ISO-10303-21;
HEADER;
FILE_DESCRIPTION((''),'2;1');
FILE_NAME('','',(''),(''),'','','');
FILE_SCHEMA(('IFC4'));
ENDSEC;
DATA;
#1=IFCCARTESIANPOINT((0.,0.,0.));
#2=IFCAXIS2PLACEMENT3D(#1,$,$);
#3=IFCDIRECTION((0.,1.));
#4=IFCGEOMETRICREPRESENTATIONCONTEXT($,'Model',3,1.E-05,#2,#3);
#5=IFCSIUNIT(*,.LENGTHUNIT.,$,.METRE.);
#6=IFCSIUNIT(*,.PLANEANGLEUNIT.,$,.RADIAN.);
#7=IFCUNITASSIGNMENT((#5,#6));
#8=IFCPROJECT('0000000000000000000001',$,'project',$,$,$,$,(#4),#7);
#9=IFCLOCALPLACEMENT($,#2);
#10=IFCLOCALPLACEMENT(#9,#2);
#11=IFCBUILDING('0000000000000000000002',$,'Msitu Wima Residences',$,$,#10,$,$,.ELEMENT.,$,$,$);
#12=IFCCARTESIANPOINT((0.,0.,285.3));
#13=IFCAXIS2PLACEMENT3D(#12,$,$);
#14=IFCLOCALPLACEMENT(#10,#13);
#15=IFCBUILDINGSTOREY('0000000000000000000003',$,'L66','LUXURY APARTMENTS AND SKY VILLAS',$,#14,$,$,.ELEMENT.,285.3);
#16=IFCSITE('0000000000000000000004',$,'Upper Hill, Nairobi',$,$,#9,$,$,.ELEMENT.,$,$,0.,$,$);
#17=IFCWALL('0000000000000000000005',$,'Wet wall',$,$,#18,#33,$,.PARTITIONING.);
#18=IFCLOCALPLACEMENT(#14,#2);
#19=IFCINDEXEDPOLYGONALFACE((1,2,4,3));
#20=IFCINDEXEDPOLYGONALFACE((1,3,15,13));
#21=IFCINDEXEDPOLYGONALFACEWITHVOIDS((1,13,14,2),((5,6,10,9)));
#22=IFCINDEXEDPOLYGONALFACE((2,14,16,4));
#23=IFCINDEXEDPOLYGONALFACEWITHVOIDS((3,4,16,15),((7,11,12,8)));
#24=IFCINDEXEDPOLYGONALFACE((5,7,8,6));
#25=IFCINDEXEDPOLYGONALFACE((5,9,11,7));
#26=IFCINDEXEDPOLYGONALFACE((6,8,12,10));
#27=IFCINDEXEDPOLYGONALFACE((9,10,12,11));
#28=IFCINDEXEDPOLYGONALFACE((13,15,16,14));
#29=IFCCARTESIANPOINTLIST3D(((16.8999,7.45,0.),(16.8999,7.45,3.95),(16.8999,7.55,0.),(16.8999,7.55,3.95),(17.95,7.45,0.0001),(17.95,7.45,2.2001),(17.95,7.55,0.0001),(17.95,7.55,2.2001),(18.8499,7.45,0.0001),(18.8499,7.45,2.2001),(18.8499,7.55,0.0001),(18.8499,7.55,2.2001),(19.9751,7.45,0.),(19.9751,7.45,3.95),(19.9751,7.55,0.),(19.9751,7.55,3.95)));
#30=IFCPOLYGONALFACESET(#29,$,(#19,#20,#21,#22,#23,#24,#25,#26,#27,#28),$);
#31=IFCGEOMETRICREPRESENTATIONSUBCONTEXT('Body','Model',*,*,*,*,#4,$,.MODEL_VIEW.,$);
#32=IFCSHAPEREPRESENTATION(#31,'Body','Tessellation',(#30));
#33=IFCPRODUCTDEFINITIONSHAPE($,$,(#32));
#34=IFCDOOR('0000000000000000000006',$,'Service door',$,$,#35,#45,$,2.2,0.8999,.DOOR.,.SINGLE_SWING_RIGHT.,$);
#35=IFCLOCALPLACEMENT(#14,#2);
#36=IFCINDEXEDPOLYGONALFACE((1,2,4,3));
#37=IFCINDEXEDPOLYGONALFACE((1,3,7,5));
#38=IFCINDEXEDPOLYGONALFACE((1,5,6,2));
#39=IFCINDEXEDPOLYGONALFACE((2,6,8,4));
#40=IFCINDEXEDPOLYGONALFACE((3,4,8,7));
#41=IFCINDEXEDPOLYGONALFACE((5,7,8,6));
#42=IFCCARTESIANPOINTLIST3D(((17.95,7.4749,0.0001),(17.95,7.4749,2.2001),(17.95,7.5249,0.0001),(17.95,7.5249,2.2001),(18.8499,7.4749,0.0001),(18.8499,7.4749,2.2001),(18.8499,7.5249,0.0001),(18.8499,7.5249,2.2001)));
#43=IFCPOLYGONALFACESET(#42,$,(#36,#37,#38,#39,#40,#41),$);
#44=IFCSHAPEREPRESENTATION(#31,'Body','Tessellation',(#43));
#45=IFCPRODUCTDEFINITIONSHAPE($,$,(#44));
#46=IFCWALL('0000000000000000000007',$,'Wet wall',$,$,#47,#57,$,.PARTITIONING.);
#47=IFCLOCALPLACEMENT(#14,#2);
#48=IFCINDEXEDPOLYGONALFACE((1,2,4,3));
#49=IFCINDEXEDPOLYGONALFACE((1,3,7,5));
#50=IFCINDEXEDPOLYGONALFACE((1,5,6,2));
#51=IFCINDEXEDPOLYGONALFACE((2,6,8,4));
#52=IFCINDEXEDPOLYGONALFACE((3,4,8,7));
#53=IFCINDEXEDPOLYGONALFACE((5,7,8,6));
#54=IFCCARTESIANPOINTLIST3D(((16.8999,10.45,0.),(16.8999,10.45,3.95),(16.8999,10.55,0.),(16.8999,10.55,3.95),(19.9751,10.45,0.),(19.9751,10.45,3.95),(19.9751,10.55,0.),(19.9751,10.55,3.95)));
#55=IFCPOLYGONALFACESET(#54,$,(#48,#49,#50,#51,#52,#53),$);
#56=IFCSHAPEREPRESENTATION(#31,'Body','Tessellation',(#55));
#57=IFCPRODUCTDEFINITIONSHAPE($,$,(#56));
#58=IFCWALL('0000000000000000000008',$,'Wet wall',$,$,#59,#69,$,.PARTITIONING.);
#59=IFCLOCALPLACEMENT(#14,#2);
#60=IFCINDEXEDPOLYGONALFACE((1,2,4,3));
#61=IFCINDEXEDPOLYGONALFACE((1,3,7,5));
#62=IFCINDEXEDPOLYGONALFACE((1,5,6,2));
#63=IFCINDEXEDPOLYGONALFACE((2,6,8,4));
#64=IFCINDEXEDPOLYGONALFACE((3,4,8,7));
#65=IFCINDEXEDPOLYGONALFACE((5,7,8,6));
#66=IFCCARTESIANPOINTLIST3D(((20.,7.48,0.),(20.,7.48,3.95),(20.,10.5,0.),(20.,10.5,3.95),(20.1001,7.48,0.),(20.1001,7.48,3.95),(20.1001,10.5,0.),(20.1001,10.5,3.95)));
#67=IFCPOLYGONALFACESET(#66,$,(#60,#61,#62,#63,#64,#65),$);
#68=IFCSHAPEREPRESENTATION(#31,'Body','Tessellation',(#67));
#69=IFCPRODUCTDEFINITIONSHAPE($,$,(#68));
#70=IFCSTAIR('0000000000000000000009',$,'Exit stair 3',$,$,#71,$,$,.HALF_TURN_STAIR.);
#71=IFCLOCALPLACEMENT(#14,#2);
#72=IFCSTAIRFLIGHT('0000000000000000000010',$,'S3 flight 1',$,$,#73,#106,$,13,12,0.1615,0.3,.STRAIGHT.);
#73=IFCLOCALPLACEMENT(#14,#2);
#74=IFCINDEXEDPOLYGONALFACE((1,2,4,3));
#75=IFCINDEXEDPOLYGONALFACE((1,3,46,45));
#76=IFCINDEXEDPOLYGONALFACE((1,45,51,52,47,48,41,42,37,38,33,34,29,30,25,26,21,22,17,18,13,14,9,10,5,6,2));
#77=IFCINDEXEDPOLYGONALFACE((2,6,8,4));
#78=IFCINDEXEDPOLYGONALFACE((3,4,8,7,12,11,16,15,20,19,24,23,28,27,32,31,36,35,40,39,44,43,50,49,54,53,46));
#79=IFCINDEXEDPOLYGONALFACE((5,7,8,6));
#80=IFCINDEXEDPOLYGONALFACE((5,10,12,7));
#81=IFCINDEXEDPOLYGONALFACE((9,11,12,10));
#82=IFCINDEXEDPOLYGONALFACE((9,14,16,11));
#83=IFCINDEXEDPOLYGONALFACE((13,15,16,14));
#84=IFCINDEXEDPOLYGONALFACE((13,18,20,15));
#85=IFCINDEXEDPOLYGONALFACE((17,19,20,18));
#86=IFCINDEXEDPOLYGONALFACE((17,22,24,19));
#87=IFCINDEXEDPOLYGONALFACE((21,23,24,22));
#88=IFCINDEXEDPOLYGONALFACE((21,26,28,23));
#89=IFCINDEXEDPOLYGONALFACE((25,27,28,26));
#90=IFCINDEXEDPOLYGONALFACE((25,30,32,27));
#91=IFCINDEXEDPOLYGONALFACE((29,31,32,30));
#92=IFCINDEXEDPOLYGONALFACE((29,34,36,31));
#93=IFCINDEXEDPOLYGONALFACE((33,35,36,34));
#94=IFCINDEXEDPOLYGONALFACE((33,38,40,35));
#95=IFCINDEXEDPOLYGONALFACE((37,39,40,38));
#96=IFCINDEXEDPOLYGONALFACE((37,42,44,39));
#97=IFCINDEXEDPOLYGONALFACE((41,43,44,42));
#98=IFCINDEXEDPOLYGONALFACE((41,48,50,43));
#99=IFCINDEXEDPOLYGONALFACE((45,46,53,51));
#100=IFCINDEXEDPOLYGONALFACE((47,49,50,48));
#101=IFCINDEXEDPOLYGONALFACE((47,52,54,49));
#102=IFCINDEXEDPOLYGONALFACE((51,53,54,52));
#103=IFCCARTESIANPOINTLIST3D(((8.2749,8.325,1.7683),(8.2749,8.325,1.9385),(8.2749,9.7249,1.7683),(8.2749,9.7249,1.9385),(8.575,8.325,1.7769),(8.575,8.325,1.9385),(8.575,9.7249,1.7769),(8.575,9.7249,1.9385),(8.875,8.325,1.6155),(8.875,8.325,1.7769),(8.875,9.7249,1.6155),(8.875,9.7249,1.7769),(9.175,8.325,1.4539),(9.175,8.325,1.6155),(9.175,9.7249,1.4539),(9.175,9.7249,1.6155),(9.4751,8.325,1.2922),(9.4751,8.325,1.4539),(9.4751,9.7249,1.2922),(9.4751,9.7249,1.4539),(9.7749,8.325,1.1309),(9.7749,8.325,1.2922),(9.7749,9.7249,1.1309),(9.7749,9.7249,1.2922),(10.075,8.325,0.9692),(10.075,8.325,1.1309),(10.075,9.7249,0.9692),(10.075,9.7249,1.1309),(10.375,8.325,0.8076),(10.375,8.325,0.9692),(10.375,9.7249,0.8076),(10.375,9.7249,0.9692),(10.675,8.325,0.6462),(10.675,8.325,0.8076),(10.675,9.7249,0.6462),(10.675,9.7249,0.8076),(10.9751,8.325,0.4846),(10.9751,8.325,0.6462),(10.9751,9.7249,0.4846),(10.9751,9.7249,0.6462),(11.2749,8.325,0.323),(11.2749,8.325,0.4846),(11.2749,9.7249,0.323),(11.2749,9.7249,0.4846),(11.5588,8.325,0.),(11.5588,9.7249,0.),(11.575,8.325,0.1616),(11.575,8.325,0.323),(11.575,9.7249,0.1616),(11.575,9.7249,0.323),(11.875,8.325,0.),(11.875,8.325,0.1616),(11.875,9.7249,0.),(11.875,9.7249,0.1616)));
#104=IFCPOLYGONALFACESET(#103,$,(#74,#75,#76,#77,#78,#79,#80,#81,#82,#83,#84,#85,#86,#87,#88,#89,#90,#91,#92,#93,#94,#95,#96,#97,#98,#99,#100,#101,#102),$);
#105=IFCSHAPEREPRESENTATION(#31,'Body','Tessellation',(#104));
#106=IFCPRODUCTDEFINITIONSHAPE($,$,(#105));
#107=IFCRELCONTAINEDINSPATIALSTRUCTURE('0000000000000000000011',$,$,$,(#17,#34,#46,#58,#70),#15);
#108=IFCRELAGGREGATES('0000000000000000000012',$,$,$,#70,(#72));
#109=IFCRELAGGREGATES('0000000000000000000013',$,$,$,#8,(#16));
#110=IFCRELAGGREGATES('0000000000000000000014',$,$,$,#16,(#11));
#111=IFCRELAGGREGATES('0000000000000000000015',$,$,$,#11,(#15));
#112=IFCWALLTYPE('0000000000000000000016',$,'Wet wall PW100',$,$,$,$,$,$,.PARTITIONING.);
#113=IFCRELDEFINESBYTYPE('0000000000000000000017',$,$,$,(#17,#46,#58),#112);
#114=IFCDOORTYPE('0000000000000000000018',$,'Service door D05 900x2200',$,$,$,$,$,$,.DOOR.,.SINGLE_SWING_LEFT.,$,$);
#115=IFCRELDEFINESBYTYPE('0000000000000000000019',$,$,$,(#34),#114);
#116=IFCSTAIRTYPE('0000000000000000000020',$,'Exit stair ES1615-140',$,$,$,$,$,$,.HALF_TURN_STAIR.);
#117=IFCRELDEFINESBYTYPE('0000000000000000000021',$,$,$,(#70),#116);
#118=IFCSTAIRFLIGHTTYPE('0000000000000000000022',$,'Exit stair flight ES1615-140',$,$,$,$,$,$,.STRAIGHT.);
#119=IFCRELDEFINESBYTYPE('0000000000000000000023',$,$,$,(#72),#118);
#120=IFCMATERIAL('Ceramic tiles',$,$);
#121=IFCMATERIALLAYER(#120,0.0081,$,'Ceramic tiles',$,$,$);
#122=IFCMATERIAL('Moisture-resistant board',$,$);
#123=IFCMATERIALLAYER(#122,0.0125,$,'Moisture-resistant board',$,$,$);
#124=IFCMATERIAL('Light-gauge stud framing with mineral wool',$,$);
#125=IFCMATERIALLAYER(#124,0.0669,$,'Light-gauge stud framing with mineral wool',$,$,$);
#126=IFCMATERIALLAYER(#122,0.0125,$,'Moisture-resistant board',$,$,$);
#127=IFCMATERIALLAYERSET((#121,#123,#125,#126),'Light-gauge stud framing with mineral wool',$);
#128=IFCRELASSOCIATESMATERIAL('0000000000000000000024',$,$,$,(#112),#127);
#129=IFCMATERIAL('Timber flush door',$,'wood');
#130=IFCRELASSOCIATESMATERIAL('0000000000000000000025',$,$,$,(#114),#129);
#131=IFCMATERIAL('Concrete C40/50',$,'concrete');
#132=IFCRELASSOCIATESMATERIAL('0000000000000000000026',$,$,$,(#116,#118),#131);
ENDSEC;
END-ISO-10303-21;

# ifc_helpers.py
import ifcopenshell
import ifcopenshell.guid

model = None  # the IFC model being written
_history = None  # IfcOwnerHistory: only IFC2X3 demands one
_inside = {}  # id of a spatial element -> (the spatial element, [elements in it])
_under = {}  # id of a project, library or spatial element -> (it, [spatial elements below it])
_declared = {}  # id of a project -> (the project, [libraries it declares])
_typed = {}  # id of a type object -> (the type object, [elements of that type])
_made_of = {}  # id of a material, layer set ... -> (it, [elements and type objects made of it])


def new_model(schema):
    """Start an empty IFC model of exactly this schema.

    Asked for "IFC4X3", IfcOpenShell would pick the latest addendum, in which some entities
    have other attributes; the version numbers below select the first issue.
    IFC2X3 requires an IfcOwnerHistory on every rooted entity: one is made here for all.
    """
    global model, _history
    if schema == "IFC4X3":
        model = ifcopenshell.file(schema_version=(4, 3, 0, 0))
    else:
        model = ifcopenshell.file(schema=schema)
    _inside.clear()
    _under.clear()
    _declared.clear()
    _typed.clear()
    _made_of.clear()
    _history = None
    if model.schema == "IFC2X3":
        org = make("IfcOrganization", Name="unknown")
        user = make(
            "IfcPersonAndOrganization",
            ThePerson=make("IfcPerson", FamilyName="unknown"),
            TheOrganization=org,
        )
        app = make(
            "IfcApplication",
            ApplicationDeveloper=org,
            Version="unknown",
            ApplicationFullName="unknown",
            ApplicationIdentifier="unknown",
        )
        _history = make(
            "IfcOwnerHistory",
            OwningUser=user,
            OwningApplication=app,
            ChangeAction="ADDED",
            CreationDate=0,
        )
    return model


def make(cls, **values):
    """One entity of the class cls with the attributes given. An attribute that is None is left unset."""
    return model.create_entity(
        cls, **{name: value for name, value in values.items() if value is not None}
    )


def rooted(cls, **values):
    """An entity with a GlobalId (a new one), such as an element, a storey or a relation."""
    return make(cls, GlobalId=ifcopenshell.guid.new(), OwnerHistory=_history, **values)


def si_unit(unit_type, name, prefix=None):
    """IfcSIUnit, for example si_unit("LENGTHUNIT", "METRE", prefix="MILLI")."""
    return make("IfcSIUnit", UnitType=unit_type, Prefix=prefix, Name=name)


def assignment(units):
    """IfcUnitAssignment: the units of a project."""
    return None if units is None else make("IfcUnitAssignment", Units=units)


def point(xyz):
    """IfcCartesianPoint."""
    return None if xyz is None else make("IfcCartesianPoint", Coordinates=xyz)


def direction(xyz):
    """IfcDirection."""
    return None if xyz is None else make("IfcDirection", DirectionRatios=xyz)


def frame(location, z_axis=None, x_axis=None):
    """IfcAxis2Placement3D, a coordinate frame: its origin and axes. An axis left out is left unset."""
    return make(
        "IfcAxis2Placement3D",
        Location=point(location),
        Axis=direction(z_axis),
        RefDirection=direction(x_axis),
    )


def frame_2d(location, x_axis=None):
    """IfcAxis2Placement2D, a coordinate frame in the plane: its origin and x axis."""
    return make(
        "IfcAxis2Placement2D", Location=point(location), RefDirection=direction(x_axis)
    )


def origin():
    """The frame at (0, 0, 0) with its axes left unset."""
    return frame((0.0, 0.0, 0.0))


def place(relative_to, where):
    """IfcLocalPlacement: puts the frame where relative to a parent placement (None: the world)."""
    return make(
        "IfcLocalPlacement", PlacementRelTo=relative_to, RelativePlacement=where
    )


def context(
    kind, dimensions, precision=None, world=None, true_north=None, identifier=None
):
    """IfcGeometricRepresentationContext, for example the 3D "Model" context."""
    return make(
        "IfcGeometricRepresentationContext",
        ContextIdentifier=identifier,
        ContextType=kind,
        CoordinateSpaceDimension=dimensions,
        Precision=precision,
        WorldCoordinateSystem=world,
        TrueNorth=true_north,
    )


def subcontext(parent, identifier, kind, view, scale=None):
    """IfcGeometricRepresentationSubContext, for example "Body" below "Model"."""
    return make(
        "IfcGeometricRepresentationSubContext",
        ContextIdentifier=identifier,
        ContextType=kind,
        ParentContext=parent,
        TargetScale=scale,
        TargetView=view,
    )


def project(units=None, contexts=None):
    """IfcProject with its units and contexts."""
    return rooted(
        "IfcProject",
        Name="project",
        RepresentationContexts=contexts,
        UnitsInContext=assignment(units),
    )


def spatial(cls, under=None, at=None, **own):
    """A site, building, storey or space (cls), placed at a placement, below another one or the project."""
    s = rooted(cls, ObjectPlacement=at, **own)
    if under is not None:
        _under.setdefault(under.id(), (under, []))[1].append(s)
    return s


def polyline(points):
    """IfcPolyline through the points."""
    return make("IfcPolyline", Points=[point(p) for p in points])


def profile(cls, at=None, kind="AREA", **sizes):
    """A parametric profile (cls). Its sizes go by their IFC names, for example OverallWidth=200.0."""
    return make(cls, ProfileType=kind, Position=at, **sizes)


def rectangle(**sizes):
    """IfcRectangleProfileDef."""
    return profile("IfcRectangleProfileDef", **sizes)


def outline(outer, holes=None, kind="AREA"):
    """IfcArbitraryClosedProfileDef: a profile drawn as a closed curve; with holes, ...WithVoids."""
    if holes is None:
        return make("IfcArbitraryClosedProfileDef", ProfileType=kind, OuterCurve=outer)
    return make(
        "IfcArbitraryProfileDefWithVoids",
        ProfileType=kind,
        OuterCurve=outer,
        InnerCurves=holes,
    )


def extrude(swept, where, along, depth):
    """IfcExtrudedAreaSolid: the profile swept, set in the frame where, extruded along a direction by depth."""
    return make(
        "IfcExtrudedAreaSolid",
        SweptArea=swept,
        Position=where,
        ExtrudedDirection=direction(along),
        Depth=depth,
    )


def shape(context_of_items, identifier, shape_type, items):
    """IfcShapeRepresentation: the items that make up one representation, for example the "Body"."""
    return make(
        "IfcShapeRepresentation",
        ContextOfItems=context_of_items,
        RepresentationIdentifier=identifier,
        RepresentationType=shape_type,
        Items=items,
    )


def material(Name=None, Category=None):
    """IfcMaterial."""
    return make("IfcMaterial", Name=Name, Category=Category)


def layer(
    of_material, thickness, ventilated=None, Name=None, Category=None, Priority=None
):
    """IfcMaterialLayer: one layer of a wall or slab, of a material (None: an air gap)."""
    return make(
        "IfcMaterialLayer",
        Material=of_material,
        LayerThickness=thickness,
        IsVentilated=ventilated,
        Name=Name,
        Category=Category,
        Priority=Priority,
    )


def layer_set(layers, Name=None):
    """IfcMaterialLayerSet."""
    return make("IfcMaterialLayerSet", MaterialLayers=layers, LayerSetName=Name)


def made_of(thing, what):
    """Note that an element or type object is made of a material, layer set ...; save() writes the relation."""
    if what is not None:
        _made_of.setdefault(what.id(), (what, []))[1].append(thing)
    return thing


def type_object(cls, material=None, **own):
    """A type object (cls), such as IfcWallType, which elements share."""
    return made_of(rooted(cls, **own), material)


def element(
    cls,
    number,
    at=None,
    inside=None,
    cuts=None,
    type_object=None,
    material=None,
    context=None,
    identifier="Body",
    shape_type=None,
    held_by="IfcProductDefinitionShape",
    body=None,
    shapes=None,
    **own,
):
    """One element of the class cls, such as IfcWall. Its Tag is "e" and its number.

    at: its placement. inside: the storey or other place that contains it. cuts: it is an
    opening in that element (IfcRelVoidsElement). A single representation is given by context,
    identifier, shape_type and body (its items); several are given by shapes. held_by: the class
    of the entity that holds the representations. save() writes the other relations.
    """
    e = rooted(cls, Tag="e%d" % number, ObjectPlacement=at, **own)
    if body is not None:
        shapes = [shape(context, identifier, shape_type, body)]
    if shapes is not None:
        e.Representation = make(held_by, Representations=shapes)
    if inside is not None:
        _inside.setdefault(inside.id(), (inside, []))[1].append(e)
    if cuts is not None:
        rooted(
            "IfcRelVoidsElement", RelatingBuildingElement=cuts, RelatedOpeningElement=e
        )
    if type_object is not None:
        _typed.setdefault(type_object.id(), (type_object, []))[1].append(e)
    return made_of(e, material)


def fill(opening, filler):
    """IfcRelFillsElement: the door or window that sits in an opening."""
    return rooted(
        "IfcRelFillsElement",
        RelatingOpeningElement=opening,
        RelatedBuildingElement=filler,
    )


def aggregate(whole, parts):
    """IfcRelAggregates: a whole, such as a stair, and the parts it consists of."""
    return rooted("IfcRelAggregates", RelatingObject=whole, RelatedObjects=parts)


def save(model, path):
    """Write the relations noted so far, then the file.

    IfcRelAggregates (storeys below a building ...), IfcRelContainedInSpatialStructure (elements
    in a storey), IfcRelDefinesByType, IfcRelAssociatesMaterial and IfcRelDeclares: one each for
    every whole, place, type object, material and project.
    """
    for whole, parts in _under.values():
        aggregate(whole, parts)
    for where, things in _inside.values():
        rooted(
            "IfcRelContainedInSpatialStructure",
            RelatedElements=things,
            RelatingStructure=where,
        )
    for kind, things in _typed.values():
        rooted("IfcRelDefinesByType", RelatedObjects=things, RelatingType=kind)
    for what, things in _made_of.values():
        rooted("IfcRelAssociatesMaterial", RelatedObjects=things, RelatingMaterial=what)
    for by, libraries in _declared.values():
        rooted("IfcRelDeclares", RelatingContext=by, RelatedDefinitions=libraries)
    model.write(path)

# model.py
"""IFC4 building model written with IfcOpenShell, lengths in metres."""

from ifc_helpers import new_model, si_unit, direction, frame, frame_2d, origin, place, context, subcontext, project, spatial, polyline, rectangle, outline, extrude, material, layer, layer_set, type_object, element, fill, aggregate, save


model = new_model("IFC4")

# Units and contexts
model_context = context("Model", 3, precision=1e-05, world=origin(), true_north=direction((0.0, 1.0)))
body_context = subcontext(model_context, "Body", "Model", "MODEL_VIEW")
ifc_project = project(units=[si_unit("LENGTHUNIT", "METRE"), si_unit("PLANEANGLEUNIT", "RADIAN")], contexts=[model_context])

# Site, building, storey
site_placement = place(None, origin())
site = spatial("IfcSite", under=ifc_project, at=site_placement, Name="Upper Hill, Nairobi", CompositionType="ELEMENT", RefElevation=0.0)
building_placement = place(site_placement, origin())
building = spatial("IfcBuilding", under=site, at=building_placement, Name="Msitu Wima Residences", CompositionType="ELEMENT")
storey_placement = place(building_placement, frame((0.0, 0.0, 285.3)))
storey = spatial("IfcBuildingStorey", under=building, at=storey_placement, Name="L66", Description="LUXURY APARTMENTS AND SKY VILLAS", CompositionType="ELEMENT", Elevation=285.3)

# Shared definitions
ifc_material_1 = material(Name="Concrete C40/50", Category="concrete")

# Shared definitions
ifc_material_2 = material(Name="Timber flush door", Category="wood")

# Shared definitions
ifc_material_3 = material(Name="Ceramic tiles")
ifc_layer_1 = layer(ifc_material_3, 0.0081, Name="Ceramic tiles")
ifc_material_4 = material(Name="Moisture-resistant board")
ifc_layer_2 = layer(ifc_material_4, 0.0125, Name="Moisture-resistant board")
ifc_material_5 = material(Name="Light-gauge stud framing with mineral wool")
ifc_layer_3 = layer(ifc_material_5, 0.0669, Name="Light-gauge stud framing with mineral wool")
ifc_layer_4 = layer(ifc_material_4, 0.0125, Name="Moisture-resistant board")
ifc_layer_set_1 = layer_set([ifc_layer_1, ifc_layer_2, ifc_layer_3, ifc_layer_4], Name="Light-gauge stud framing with mineral wool")
wall_type_1 = type_object("IfcWallType", Name="Wet wall PW100", PredefinedType="PARTITIONING", material=ifc_layer_set_1)

# Wall, opening, door
wall_1_placement = place(storey_placement, frame((16.8999, 7.5, 0.0), z_axis=(0.0, 0.0, 1.0), x_axis=(1.0, 0.0, 0.0)))
wall_1 = element("IfcWall", 1, at=wall_1_placement, inside=storey, type_object=wall_type_1, Name="Wet wall", PredefinedType="PARTITIONING", context=body_context, shape_type="SweptSolid", body=[
    extrude(rectangle(XDim=3.0752, YDim=0.1001, at=frame_2d((1.5376, 0.0))), origin(), (0.0, 0.0, 1.0), 3.95),
])
opening_1_placement = place(wall_1_placement, frame((1.05, 0.0, 0.0)))
opening_1 = element("IfcOpeningElement", 2, at=opening_1_placement, cuts=wall_1, PredefinedType="OPENING", context=body_context, shape_type="SweptSolid", body=[
    extrude(rectangle(XDim=0.8999, YDim=2.2, at=frame_2d((0.45, 1.1001))), frame((0.0, 0.0601, 0.0), z_axis=(0.0, -1.0, 0.0), x_axis=(1.0, 0.0, 0.0)), (0.0, 0.0, 1.0), 0.1201),
])
door_type_1 = type_object("IfcDoorType", Name="Service door D05 900x2200", OperationType="SINGLE_SWING_LEFT", PredefinedType="DOOR", material=ifc_material_2)
door_1_placement = place(opening_1_placement, origin())
door_1 = element("IfcDoor", 3, at=door_1_placement, inside=storey, type_object=door_type_1, Name="Service door", OperationType="SINGLE_SWING_RIGHT", OverallHeight=2.2, OverallWidth=0.8999, PredefinedType="DOOR", context=body_context, shape_type="SweptSolid", body=[
    extrude(rectangle(XDim=0.8999, YDim=2.2, at=frame_2d((0.45, 1.1001))), frame((0.0, 0.0249, 0.0), z_axis=(0.0, -1.0, 0.0), x_axis=(1.0, 0.0, 0.0)), (0.0, 0.0, 1.0), 0.05),
])
fill(opening_1, door_1)

# Walls
wall_2_placement = place(storey_placement, frame((16.8999, 10.5, 0.0), z_axis=(0.0, 0.0, 1.0), x_axis=(1.0, 0.0, 0.0)))
element("IfcWall", 4, at=wall_2_placement, inside=storey, type_object=wall_type_1, Name="Wet wall", PredefinedType="PARTITIONING", context=body_context, shape_type="SweptSolid", body=[
    extrude(rectangle(XDim=3.0752, YDim=0.1001, at=frame_2d((1.5376, 0.0))), origin(), (0.0, 0.0, 1.0), 3.95),
])
wall_3_placement = place(storey_placement, frame((20.05, 7.48, 0.0), z_axis=(0.0, 0.0, 1.0), x_axis=(0.0, 1.0, 0.0)))
element("IfcWall", 5, at=wall_3_placement, inside=storey, type_object=wall_type_1, Name="Wet wall", PredefinedType="PARTITIONING", context=body_context, shape_type="SweptSolid", body=[
    extrude(rectangle(XDim=3.02, YDim=0.1001, at=frame_2d((1.51, 0.0))), origin(), (0.0, 0.0, 1.0), 3.95),
])

# Stair, stair flight
stair_type = type_object("IfcStairType", Name="Exit stair ES1615-140", PredefinedType="HALF_TURN_STAIR", material=ifc_material_1)
stair_placement = place(storey_placement, origin())
stair = element("IfcStair", 6, at=stair_placement, inside=storey, type_object=stair_type, Name="Exit stair 3", PredefinedType="HALF_TURN_STAIR")
stair_flight_type = type_object("IfcStairFlightType", Name="Exit stair flight ES1615-140", PredefinedType="STRAIGHT", material=ifc_material_1)
stair_flight_placement = place(storey_placement, frame((11.875, 9.0249, 0.0), z_axis=(0.0, 0.0, 1.0), x_axis=(-1.0, 0.0, 0.0)))
stair_flight = element("IfcStairFlight", 7, at=stair_flight_placement, type_object=stair_flight_type, Name="S3 flight 1", NumberOfRisers=13, NumberOfTreads=12, PredefinedType="STRAIGHT", RiserHeight=0.1615, TreadLength=0.3, context=body_context, shape_type="SweptSolid", body=[
    extrude(outline(polyline([(0.0, 0.0), (0.0, 0.1616), (0.3, 0.1616), (0.3, 0.323), (0.6001, 0.323), (0.6001, 0.4846), (0.8999, 0.4846), (0.8999, 0.6462), (1.2, 0.6462), (1.2, 0.8076), (1.5, 0.8076), (1.5, 0.9692), (1.8, 0.9692), (1.8, 1.1309), (2.1001, 1.1309), (2.1001, 1.2922), (2.3999, 1.2922), (2.3999, 1.4539), (2.7, 1.4539), (2.7, 1.6155), (3.0, 1.6155), (3.0, 1.7769), (3.3, 1.7769), (3.3, 1.9385), (3.6001, 1.9385), (3.6001, 2.1001), (3.6001, 1.7683), (0.3162, 0.0), (0.0, 0.0)])), frame((0.0, 0.7, 0.0), z_axis=(0.0, -1.0, 0.0), x_axis=(1.0, 0.0, 0.0)), (0.0, 0.0, 1.0), 1.3999),
])
aggregate(stair, [stair_flight])

save(model, "model.ifc")
